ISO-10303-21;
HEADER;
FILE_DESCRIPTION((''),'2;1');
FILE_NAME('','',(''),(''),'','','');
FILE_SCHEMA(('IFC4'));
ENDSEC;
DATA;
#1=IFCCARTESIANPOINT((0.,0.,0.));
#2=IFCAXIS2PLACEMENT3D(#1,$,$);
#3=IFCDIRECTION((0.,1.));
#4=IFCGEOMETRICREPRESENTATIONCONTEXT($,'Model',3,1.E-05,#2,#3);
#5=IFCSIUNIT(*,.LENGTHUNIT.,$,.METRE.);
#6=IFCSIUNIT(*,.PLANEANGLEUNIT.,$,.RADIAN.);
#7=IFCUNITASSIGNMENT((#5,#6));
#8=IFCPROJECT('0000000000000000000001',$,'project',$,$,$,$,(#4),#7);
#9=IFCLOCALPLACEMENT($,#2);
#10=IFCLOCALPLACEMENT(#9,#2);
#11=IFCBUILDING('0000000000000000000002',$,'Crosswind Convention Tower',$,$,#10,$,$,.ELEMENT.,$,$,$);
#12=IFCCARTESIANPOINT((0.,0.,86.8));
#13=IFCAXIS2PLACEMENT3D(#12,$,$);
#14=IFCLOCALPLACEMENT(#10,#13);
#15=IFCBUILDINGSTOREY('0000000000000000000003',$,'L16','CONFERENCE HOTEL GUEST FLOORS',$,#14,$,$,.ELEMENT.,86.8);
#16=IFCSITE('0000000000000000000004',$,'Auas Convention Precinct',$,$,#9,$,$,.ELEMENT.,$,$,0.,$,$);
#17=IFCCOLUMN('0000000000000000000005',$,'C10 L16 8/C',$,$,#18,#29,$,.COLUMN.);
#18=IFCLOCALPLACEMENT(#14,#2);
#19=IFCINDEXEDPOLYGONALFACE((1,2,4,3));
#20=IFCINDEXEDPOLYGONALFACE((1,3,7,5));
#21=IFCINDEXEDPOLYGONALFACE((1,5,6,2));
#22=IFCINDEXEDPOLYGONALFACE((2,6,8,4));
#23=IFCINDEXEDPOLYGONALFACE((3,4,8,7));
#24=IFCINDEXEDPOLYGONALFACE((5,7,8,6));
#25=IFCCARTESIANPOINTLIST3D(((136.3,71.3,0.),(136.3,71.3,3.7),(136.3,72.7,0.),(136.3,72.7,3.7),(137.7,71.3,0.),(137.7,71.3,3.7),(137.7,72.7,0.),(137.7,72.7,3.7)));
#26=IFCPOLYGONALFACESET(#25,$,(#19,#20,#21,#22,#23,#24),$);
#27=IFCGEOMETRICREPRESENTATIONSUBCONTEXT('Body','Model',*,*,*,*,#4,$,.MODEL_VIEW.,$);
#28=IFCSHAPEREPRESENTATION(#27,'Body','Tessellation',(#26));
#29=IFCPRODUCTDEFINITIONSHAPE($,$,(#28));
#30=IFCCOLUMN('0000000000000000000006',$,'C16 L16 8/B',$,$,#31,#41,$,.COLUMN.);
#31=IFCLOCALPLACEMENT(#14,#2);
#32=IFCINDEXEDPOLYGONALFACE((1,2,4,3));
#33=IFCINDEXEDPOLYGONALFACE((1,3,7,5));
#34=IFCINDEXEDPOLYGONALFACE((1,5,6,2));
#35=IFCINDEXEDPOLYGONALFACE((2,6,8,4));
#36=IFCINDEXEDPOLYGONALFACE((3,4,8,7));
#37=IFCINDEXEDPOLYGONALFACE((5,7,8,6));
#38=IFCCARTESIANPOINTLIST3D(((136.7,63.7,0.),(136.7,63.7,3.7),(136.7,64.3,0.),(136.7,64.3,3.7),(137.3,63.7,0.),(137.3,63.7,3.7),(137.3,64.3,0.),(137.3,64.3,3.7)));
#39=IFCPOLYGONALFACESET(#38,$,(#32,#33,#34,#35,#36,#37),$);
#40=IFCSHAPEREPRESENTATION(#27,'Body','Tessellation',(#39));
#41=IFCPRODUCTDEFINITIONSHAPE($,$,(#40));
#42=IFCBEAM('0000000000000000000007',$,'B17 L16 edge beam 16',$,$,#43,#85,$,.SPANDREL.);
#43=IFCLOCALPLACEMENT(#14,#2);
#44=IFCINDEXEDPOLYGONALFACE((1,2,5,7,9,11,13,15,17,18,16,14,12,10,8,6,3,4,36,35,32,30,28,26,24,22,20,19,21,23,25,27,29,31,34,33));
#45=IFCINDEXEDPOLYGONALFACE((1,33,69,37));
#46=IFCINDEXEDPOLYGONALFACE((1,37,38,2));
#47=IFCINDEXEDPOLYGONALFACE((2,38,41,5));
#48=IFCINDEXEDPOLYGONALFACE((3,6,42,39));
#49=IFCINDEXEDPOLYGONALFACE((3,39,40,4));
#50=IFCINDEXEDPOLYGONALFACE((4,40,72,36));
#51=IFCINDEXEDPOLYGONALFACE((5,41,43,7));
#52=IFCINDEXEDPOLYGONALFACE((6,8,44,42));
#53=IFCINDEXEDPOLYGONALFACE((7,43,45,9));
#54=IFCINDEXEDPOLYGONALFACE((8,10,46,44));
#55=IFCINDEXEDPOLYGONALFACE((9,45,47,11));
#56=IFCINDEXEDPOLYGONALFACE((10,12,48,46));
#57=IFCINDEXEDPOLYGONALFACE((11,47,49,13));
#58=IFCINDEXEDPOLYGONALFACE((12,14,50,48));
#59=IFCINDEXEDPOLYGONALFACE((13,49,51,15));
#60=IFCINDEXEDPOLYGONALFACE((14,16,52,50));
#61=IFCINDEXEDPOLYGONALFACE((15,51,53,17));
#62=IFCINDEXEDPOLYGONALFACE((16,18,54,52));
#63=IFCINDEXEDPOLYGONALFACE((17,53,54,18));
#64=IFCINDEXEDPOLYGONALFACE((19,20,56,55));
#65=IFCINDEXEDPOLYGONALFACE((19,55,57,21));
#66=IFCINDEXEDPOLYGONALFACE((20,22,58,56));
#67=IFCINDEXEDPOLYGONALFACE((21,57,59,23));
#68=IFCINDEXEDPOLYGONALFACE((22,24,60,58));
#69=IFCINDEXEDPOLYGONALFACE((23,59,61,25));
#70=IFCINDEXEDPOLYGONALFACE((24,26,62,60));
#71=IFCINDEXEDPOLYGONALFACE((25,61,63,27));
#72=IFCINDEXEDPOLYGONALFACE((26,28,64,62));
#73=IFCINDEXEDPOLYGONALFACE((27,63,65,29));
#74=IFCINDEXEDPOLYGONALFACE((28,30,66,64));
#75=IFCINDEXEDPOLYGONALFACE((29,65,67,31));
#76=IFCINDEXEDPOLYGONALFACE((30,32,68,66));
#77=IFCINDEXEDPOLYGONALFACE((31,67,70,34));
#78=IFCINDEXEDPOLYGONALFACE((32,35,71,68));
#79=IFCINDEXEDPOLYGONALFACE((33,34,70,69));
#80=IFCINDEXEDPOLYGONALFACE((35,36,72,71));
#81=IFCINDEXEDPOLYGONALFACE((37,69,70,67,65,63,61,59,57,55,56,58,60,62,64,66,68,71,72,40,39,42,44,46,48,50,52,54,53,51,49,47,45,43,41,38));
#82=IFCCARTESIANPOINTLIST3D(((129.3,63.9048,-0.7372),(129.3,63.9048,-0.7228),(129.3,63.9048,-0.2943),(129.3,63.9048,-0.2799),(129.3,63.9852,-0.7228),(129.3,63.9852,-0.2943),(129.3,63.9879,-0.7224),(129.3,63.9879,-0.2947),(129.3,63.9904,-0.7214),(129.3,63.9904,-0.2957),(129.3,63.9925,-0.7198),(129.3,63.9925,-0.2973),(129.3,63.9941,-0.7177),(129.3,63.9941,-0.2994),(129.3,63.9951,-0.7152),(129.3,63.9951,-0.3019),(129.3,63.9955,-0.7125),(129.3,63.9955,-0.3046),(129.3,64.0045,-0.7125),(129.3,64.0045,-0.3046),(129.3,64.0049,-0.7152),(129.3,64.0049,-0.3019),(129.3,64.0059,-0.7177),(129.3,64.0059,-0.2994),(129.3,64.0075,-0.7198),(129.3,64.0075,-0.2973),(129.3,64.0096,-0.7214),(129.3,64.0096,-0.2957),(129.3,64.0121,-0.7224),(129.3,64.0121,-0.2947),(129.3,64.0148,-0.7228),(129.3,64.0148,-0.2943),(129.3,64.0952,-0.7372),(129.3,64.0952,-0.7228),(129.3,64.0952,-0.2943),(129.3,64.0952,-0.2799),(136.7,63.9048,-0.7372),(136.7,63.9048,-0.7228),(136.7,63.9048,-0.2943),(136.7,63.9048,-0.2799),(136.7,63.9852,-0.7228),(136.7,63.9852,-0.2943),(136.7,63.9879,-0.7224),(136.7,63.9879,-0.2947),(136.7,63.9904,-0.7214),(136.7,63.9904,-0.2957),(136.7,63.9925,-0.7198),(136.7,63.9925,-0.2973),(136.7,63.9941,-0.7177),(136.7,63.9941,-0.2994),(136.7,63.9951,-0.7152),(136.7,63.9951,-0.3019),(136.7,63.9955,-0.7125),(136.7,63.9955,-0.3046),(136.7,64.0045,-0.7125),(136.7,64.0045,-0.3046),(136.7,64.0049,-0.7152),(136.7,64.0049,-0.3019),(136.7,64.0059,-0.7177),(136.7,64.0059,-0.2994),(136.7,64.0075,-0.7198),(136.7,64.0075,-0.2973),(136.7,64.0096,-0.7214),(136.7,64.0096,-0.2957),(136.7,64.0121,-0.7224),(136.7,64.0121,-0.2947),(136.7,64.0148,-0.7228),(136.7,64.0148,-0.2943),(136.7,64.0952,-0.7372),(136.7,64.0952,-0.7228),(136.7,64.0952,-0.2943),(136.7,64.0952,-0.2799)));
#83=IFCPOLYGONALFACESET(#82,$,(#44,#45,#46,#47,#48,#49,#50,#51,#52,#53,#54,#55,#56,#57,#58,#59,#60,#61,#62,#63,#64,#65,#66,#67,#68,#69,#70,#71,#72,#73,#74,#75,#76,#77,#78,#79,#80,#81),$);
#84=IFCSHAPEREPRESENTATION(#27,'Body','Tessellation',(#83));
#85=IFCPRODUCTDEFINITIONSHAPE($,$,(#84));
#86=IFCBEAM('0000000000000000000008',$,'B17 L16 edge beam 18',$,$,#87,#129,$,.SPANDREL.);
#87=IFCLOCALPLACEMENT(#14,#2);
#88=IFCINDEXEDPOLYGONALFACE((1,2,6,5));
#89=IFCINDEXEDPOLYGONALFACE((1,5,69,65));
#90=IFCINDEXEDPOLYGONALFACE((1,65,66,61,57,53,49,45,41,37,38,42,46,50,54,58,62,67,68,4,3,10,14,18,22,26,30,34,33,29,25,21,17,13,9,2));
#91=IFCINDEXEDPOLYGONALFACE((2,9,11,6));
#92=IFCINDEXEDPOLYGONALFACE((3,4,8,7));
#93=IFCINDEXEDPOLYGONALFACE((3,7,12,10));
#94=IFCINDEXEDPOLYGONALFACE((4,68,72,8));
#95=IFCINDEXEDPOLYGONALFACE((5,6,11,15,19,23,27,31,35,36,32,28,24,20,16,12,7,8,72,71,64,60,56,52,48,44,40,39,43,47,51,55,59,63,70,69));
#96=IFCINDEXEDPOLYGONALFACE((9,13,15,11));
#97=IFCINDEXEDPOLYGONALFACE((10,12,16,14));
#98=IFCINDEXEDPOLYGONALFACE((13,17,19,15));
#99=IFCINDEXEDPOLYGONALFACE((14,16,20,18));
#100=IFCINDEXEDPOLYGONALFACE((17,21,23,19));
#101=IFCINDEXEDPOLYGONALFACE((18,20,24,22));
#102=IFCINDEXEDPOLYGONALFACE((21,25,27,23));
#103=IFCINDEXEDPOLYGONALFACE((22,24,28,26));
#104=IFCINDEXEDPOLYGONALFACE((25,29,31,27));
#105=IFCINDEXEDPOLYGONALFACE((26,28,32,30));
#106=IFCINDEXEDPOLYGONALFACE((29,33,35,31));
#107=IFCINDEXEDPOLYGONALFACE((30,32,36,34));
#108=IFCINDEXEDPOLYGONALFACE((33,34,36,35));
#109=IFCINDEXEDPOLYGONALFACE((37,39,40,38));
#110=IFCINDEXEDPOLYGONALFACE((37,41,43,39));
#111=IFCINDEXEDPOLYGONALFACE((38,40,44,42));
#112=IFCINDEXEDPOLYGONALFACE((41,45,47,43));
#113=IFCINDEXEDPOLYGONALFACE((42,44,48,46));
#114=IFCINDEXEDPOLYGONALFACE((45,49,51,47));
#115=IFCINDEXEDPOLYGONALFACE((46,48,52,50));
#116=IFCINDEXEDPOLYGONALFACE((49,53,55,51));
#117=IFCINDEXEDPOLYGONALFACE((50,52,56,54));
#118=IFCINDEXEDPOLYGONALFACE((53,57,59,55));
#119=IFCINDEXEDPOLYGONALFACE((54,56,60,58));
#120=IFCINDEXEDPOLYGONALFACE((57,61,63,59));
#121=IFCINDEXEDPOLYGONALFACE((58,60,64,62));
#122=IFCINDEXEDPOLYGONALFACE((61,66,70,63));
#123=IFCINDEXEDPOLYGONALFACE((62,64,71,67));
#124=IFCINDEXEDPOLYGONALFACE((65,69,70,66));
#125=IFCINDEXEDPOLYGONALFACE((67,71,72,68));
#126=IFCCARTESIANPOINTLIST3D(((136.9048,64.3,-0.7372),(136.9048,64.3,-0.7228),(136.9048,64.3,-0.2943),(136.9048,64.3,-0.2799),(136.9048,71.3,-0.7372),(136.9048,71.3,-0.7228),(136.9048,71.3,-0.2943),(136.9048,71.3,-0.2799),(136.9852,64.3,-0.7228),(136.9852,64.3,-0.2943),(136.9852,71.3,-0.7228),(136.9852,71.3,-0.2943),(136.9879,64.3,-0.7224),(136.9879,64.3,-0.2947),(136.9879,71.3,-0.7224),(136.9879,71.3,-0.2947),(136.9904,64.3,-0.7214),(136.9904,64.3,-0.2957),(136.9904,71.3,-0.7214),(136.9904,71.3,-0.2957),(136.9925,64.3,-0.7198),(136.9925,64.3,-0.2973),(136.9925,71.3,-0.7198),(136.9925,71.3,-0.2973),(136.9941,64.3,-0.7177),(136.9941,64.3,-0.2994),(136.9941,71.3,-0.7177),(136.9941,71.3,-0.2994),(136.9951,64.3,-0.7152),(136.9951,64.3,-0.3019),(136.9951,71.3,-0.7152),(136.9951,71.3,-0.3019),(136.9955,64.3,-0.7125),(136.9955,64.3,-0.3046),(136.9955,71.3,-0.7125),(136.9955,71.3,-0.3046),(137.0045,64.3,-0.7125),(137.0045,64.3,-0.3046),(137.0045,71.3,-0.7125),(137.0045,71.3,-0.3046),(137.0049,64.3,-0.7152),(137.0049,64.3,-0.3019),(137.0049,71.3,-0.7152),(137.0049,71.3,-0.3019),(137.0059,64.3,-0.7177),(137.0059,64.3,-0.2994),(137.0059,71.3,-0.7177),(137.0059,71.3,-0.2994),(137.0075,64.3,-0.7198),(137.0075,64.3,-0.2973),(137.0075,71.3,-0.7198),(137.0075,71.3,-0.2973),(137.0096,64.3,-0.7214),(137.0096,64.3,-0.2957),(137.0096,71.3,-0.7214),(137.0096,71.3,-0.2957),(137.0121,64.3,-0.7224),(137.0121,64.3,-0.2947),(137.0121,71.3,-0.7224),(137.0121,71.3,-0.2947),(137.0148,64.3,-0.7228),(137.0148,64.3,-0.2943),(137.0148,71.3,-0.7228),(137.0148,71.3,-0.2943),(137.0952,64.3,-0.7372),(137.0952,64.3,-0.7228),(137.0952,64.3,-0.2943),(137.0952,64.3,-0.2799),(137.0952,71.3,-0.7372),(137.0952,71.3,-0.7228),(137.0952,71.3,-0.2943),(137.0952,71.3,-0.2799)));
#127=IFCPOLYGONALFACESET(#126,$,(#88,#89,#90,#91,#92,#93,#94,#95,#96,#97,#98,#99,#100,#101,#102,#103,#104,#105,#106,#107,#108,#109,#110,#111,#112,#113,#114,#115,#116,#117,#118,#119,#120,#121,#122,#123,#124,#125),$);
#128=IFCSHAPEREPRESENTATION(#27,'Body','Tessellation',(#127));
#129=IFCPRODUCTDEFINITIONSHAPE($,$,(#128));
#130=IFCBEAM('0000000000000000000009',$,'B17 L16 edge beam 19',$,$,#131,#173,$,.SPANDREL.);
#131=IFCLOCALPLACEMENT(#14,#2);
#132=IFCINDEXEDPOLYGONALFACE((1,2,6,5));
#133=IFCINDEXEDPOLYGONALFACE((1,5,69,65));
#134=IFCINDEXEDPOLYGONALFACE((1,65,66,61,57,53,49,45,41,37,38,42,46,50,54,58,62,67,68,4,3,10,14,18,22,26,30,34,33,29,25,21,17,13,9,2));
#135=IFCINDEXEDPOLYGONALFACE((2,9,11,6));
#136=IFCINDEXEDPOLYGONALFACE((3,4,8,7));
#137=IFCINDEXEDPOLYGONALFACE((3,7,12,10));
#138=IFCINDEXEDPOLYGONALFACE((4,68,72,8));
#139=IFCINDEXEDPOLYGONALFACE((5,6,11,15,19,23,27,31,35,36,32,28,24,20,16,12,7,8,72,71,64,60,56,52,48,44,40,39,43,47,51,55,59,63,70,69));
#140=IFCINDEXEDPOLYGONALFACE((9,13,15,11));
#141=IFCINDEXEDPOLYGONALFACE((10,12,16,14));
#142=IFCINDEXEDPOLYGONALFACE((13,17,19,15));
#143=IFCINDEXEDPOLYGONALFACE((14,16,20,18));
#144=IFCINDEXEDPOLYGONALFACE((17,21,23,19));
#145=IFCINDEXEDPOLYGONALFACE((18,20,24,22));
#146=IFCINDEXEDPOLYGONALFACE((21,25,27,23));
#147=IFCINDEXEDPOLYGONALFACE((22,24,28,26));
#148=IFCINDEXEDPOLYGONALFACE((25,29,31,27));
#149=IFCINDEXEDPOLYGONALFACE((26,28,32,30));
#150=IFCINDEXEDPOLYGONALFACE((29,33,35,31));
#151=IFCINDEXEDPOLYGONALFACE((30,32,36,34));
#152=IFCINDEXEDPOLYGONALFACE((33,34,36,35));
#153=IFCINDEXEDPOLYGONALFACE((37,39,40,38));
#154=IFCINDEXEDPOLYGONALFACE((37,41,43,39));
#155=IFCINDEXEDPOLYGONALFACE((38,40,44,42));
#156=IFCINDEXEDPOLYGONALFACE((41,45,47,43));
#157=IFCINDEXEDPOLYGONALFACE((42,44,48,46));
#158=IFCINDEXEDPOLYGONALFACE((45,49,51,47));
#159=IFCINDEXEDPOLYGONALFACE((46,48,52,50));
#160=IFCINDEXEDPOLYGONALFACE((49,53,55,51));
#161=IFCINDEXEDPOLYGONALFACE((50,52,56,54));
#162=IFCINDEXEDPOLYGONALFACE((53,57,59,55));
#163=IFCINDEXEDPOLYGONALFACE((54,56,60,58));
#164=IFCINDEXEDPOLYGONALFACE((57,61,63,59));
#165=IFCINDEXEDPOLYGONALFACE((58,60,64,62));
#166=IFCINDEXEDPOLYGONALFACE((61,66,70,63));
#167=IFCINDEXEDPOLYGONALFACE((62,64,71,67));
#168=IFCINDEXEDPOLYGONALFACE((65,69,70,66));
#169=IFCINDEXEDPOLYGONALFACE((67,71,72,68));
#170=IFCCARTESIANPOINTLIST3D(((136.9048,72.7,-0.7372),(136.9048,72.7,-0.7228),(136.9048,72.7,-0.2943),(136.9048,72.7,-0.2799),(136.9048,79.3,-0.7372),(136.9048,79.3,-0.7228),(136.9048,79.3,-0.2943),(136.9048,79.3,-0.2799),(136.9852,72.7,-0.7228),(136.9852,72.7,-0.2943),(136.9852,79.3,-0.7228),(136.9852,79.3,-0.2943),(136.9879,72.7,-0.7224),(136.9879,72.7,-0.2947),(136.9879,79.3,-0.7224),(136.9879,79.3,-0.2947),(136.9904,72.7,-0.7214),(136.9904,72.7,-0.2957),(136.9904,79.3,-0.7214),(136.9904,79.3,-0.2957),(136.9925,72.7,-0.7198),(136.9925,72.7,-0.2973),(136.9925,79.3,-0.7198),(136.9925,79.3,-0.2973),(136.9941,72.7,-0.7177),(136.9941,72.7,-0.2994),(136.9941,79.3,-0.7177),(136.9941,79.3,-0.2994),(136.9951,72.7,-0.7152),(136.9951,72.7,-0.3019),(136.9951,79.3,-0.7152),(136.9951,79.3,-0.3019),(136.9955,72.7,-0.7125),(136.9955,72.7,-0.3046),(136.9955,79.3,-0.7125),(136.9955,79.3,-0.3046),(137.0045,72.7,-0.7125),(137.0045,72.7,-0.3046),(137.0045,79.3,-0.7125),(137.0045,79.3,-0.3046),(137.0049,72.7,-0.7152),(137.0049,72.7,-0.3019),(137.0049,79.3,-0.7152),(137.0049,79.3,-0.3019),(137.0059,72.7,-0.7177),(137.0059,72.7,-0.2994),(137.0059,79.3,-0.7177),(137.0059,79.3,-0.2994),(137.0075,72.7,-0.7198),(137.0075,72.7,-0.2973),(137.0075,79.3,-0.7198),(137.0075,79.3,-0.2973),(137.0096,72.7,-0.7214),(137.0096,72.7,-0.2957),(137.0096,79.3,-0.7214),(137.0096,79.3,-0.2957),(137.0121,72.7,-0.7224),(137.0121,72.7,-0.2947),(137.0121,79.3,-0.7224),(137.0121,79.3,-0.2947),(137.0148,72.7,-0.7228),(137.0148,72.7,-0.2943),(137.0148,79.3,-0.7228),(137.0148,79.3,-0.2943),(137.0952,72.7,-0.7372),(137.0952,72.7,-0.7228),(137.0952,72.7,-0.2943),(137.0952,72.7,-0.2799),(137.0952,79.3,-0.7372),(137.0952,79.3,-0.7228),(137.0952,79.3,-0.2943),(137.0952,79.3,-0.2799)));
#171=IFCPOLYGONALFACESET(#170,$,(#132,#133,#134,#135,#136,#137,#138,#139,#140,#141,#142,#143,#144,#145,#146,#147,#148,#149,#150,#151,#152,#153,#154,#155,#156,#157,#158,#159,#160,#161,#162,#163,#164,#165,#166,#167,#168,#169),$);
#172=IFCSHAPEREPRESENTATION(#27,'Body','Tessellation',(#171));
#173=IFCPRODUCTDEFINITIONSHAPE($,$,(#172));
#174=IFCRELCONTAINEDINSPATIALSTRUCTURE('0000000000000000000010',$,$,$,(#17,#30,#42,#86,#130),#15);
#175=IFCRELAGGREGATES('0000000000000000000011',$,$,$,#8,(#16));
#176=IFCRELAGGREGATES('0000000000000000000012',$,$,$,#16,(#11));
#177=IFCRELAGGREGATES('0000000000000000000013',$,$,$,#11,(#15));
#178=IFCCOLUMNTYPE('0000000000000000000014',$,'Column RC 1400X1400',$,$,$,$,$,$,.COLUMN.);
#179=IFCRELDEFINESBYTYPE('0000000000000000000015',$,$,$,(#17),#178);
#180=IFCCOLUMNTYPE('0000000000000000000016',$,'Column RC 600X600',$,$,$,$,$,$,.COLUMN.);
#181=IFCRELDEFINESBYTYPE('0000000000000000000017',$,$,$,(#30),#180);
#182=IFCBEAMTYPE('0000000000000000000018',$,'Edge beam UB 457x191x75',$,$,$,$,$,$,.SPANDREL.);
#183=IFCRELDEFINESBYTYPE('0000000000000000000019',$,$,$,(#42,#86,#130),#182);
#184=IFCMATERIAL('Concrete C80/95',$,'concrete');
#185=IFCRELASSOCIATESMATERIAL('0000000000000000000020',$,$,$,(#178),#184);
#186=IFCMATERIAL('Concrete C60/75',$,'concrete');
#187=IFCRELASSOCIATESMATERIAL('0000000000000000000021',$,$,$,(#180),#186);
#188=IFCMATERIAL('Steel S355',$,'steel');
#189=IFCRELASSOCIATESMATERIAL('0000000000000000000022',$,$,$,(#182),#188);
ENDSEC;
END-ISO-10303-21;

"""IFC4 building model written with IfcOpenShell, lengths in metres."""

from ifc_helpers import new_model, si_unit, direction, frame, origin, origin_2d, place, context, subcontext, project, spatial, rectangle, i_section, extrude, material, material_profile, profile_set, type_object, element, save


model = new_model("IFC4")

# Units and contexts
model_context = context("Model", 3, precision=1e-05, world=origin(), true_north=direction((0.0, 1.0)))
body_context = subcontext(model_context, "Body", "Model", "MODEL_VIEW")
ifc_project = project(units=[si_unit("LENGTHUNIT", "METRE"), si_unit("PLANEANGLEUNIT", "RADIAN")], contexts=[model_context])

# Site, building, storey
site_placement = place(None, origin())
site = spatial("IfcSite", under=ifc_project, at=site_placement, Name="Auas Convention Precinct", CompositionType="ELEMENT", RefElevation=0.0)
building_placement = place(site_placement, origin())
building = spatial("IfcBuilding", under=site, at=building_placement, Name="Crosswind Convention Tower", CompositionType="ELEMENT")
storey_placement = place(building_placement, frame((0.0, 0.0, 86.8)))
storey = spatial("IfcBuildingStorey", under=building, at=storey_placement, Name="L16", Description="CONFERENCE HOTEL GUEST FLOORS", CompositionType="ELEMENT", Elevation=86.8)

# Columns
ifc_material_1 = material(Name="Concrete C80/95", Category="concrete")
ifc_material_profile_1 = material_profile(ifc_material_1, rectangle(XDim=1.3999, YDim=1.3999, at=origin_2d()), Name="RC 1400X1400")
ifc_profile_set_1 = profile_set([ifc_material_profile_1], Name="Concrete C80/95")
column_type_1 = type_object("IfcColumnType", Name="Column RC 1400X1400", PredefinedType="COLUMN", material=ifc_profile_set_1)
column_1_placement = place(storey_placement, frame((137.0, 72.0, 0.0), z_axis=(0.0, 0.0, 1.0), x_axis=(1.0, 0.0, 0.0)))
element("IfcColumn", 1, at=column_1_placement, inside=storey, type_object=column_type_1, Name="C10 L16 8/C", PredefinedType="COLUMN", context=body_context, shape_type="SweptSolid", body=[
    extrude(rectangle(XDim=1.3999, YDim=1.3999, at=origin_2d()), origin(), (0.0, 0.0, 1.0), 3.7),
])
ifc_material_2 = material(Name="Concrete C60/75", Category="concrete")
ifc_material_profile_2 = material_profile(ifc_material_2, rectangle(XDim=0.6001, YDim=0.6001, at=origin_2d()), Name="RC 600X600")
ifc_profile_set_2 = profile_set([ifc_material_profile_2], Name="Concrete C60/75")
column_type_2 = type_object("IfcColumnType", Name="Column RC 600X600", PredefinedType="COLUMN", material=ifc_profile_set_2)
column_2_placement = place(storey_placement, frame((137.0, 64.0, 0.0), z_axis=(0.0, 0.0, 1.0), x_axis=(1.0, 0.0, 0.0)))
element("IfcColumn", 2, at=column_2_placement, inside=storey, type_object=column_type_2, Name="C16 L16 8/B", PredefinedType="COLUMN", context=body_context, shape_type="SweptSolid", body=[
    extrude(rectangle(XDim=0.6001, YDim=0.6001, at=origin_2d()), origin(), (0.0, 0.0, 1.0), 3.7),
])

# Beams
ifc_material_3 = material(Name="Steel S355", Category="steel")
ifc_material_profile_3 = material_profile(ifc_material_3, i_section(OverallWidth=0.1904, OverallDepth=0.4573, WebThickness=0.009, FlangeThickness=0.0144, FilletRadius=0.0103, at=origin_2d()), Name="UB 457x191x75")
ifc_profile_set_3 = profile_set([ifc_material_profile_3], Name="Steel S355")
beam_type_1 = type_object("IfcBeamType", Name="Edge beam UB 457x191x75", PredefinedType="SPANDREL", material=ifc_profile_set_3)
beam_1_placement = place(storey_placement, frame((129.3, 64.0, -0.5085), z_axis=(1.0, 0.0, 0.0), x_axis=(0.0, 1.0, 0.0)))
element("IfcBeam", 3, at=beam_1_placement, inside=storey, type_object=beam_type_1, Name="B17 L16 edge beam 16", PredefinedType="SPANDREL", context=body_context, shape_type="SweptSolid", body=[
    extrude(i_section(OverallWidth=0.1904, OverallDepth=0.4573, WebThickness=0.009, FlangeThickness=0.0144, FilletRadius=0.0103, at=origin_2d()), origin(), (0.0, 0.0, 1.0), 7.3999),
])
beam_2_placement = place(storey_placement, frame((137.0, 64.3, -0.5085), z_axis=(0.0, 1.0, 0.0), x_axis=(-1.0, 0.0, 0.0)))
element("IfcBeam", 4, at=beam_2_placement, inside=storey, type_object=beam_type_1, Name="B17 L16 edge beam 18", PredefinedType="SPANDREL", context=body_context, shape_type="SweptSolid", body=[
    extrude(i_section(OverallWidth=0.1904, OverallDepth=0.4573, WebThickness=0.009, FlangeThickness=0.0144, FilletRadius=0.0103, at=origin_2d()), origin(), (0.0, 0.0, 1.0), 7.0),
])
beam_3_placement = place(storey_placement, frame((137.0, 72.7, -0.5085), z_axis=(0.0, 1.0, 0.0), x_axis=(-1.0, 0.0, 0.0)))
element("IfcBeam", 5, at=beam_3_placement, inside=storey, type_object=beam_type_1, Name="B17 L16 edge beam 19", PredefinedType="SPANDREL", context=body_context, shape_type="SweptSolid", body=[
    extrude(i_section(OverallWidth=0.1904, OverallDepth=0.4573, WebThickness=0.009, FlangeThickness=0.0144, FilletRadius=0.0103, at=origin_2d()), origin(), (0.0, 0.0, 1.0), 6.6001),
])

save(model, "model.ifc")
